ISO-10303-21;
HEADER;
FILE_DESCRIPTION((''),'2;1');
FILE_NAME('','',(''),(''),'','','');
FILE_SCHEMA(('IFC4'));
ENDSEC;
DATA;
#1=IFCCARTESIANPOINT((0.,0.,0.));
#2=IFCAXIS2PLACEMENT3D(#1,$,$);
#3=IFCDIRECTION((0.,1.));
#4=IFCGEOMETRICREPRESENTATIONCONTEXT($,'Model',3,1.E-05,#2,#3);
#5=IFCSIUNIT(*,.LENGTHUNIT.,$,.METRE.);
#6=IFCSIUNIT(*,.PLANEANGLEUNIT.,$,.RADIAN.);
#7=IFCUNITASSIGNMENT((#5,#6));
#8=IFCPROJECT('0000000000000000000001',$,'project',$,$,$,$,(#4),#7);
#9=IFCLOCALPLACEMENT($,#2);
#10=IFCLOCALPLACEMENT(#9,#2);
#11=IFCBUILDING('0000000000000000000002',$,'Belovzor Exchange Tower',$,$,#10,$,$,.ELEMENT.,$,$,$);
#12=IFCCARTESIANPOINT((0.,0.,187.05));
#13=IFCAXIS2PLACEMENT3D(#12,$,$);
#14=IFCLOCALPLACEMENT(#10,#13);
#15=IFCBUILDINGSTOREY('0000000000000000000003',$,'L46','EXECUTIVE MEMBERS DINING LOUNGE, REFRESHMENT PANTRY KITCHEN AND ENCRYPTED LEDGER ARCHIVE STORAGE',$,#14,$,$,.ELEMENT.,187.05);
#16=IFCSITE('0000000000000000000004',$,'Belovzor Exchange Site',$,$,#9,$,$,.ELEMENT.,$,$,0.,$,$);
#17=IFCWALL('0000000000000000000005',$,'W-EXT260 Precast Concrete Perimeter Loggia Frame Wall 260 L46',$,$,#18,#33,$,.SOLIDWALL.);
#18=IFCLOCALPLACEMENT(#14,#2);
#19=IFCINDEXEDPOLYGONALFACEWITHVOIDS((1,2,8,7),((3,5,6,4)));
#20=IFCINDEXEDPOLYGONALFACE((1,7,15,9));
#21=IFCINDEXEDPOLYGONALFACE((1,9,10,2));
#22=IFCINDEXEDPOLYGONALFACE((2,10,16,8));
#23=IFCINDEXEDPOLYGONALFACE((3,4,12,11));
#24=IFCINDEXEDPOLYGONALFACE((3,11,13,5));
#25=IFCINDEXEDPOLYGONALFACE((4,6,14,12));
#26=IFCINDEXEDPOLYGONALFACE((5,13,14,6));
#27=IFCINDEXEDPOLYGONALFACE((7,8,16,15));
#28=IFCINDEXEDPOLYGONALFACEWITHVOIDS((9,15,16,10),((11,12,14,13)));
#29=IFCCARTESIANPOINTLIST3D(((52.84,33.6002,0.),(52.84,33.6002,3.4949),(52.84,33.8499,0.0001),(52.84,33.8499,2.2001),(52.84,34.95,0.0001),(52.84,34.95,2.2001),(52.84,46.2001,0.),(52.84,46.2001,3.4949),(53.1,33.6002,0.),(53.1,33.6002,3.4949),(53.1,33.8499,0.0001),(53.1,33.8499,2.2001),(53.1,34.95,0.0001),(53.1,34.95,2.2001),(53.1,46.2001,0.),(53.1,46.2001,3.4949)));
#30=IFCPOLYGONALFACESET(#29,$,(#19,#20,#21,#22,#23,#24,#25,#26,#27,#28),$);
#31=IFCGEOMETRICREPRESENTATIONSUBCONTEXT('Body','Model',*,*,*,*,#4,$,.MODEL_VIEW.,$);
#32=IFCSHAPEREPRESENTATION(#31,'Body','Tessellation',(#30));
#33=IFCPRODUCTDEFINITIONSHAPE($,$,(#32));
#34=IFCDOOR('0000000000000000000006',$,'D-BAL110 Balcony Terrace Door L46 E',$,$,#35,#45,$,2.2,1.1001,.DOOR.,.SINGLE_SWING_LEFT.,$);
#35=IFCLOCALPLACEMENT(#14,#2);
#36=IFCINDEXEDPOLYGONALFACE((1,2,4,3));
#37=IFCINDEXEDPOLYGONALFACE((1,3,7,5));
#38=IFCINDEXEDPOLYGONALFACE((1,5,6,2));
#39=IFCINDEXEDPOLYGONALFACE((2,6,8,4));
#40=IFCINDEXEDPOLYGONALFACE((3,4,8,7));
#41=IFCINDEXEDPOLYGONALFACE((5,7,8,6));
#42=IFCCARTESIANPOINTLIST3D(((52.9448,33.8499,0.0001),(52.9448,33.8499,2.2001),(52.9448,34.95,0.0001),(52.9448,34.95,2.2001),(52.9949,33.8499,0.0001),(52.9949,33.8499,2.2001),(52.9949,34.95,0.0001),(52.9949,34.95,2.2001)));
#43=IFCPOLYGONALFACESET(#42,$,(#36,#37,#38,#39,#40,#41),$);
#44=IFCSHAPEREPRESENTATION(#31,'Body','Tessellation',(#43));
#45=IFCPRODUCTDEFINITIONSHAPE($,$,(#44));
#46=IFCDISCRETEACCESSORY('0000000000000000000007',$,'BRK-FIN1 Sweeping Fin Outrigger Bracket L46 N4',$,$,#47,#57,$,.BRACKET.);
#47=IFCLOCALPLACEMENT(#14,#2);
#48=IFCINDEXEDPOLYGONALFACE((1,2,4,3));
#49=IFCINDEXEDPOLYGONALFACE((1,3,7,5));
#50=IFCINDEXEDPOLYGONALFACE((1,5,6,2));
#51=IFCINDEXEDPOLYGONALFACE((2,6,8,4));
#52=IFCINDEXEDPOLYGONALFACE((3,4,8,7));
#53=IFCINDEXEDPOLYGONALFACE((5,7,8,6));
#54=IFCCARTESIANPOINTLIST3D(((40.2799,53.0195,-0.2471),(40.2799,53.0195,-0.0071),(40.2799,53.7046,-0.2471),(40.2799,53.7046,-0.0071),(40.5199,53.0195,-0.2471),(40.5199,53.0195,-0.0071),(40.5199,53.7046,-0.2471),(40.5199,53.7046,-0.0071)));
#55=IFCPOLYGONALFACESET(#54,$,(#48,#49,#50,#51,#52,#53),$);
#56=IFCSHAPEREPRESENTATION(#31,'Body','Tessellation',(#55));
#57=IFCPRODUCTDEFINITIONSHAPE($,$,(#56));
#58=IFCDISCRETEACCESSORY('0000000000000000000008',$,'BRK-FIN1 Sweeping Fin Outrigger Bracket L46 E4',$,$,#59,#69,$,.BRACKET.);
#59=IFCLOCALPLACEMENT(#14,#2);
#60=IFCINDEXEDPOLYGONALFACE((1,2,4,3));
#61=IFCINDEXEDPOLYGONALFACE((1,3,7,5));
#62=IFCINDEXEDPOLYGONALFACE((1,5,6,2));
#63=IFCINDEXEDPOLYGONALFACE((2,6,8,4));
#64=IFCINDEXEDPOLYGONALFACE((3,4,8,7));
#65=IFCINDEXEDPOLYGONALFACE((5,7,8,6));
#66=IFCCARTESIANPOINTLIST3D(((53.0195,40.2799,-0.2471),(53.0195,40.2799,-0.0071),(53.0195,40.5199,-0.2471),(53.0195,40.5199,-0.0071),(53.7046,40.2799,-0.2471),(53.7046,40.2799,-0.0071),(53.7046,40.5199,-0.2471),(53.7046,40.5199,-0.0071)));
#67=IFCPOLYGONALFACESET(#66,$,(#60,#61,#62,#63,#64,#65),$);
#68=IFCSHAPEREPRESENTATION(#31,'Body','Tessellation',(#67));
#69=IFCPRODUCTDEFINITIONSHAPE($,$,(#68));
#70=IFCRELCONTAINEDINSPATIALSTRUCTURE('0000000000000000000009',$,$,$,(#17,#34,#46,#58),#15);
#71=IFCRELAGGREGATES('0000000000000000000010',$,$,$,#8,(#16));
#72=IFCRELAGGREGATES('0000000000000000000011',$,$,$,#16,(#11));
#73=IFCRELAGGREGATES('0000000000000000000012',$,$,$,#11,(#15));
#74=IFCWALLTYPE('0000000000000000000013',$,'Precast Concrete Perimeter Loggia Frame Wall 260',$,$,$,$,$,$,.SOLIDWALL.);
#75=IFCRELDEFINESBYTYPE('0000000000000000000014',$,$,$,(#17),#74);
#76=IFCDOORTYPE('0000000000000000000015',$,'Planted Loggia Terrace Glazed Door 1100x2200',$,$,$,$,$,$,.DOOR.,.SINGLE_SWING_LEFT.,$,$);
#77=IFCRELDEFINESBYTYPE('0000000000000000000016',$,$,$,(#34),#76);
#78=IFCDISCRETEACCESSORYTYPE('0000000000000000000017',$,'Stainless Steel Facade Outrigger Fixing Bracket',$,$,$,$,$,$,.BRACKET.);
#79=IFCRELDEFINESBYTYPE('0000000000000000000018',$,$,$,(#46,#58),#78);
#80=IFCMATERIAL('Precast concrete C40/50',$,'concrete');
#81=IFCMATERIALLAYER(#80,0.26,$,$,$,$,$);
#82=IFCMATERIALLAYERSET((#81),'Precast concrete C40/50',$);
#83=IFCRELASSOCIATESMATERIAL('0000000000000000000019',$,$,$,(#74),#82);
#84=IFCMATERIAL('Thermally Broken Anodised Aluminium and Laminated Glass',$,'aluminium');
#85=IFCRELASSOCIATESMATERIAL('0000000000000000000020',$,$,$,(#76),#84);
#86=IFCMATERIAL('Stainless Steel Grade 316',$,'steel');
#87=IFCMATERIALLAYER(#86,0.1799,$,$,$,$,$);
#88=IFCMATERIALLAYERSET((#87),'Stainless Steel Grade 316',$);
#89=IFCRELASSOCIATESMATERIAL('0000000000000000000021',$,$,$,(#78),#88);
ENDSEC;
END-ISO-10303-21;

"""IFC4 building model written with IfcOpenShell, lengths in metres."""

from ifc_helpers import new_model, si_unit, direction, frame, frame_2d, origin, origin_2d, place, context, subcontext, project, spatial, rectangle, extrude, material, layer, layer_set, type_object, element, fill, save


model = new_model("IFC4")

# Units and contexts
model_context = context("Model", 3, precision=1e-05, world=origin(), true_north=direction((0.0, 1.0)))
body_context = subcontext(model_context, "Body", "Model", "MODEL_VIEW")
ifc_project = project(units=[si_unit("LENGTHUNIT", "METRE"), si_unit("PLANEANGLEUNIT", "RADIAN")], contexts=[model_context])

# Site, building, storey
site_placement = place(None, origin())
site = spatial("IfcSite", under=ifc_project, at=site_placement, Name="Belovzor Exchange Site", CompositionType="ELEMENT", RefElevation=0.0)
building_placement = place(site_placement, origin())
building = spatial("IfcBuilding", under=site, at=building_placement, Name="Belovzor Exchange Tower", CompositionType="ELEMENT")
storey_placement = place(building_placement, frame((0.0, 0.0, 187.05)))
storey = spatial("IfcBuildingStorey", under=building, at=storey_placement, Name="L46", Description="EXECUTIVE MEMBERS DINING LOUNGE, REFRESHMENT PANTRY KITCHEN AND ENCRYPTED LEDGER ARCHIVE STORAGE", CompositionType="ELEMENT", Elevation=187.05)

# Wall, opening, door
ifc_material_1 = material(Name="Precast concrete C40/50", Category="concrete")
ifc_layer_1 = layer(ifc_material_1, 0.26)
ifc_layer_set_1 = layer_set([ifc_layer_1], Name="Precast concrete C40/50")
wall_type_1 = type_object("IfcWallType", Name="Precast Concrete Perimeter Loggia Frame Wall 260", PredefinedType="SOLIDWALL", material=ifc_layer_set_1)
wall_1_placement = place(storey_placement, frame((52.97, 46.2, 0.0), z_axis=(0.0, 0.0, 1.0), x_axis=(0.0, -1.0, 0.0)))
wall_1 = element("IfcWall", 1, at=wall_1_placement, inside=storey, type_object=wall_type_1, Name="W-EXT260 Precast Concrete Perimeter Loggia Frame Wall 260 L46", PredefinedType="SOLIDWALL", context=body_context, shape_type="SweptSolid", body=[
    extrude(rectangle(XDim=12.5999, YDim=0.26, at=frame_2d((6.2998, 0.0))), origin(), (0.0, 0.0, 1.0), 3.4949),
])
opening_1_placement = place(wall_1_placement, frame((11.25, 0.0, 0.0)))
opening_1 = element("IfcOpeningElement", 2, at=opening_1_placement, cuts=wall_1, PredefinedType="OPENING", context=body_context, shape_type="SweptSolid", body=[
    extrude(rectangle(XDim=1.1001, YDim=2.2, at=frame_2d((0.55, 1.1001))), frame((0.0, 0.1399, 0.0), z_axis=(0.0, -1.0, 0.0), x_axis=(1.0, 0.0, 0.0)), (0.0, 0.0, 1.0), 0.28),
])
ifc_material_2 = material(Name="Thermally Broken Anodised Aluminium and Laminated Glass", Category="aluminium")
door_type_1 = type_object("IfcDoorType", Name="Planted Loggia Terrace Glazed Door 1100x2200", OperationType="SINGLE_SWING_LEFT", PredefinedType="DOOR", material=ifc_material_2)
door_1_placement = place(opening_1_placement, origin())
door_1 = element("IfcDoor", 3, at=door_1_placement, inside=storey, type_object=door_type_1, Name="D-BAL110 Balcony Terrace Door L46 E", OperationType="SINGLE_SWING_LEFT", OverallHeight=2.2, OverallWidth=1.1001, PredefinedType="DOOR", context=body_context, shape_type="SweptSolid", body=[
    extrude(rectangle(XDim=1.1001, YDim=2.2, at=frame_2d((0.55, 1.1001))), frame((0.0, 0.0249, 0.0), z_axis=(0.0, -1.0, 0.0), x_axis=(1.0, 0.0, 0.0)), (0.0, 0.0, 1.0), 0.05),
])
fill(opening_1, door_1)

# Discrete accessories
ifc_material_3 = material(Name="Stainless Steel Grade 316", Category="steel")
ifc_layer_2 = layer(ifc_material_3, 0.1799)
ifc_layer_set_2 = layer_set([ifc_layer_2], Name="Stainless Steel Grade 316")
discrete_accessory_type = type_object("IfcDiscreteAccessoryType", Name="Stainless Steel Facade Outrigger Fixing Bracket", PredefinedType="BRACKET", material=ifc_layer_set_2)
for number, where, z_axis, x_axis, name in (
    (4, (40.3999, 53.3621, -0.2471), (0.0, 0.0, 1.0), (0.0, 1.0, 0.0), "BRK-FIN1 Sweeping Fin Outrigger Bracket L46 N4"),
    (5, (53.3621, 40.3999, -0.2471), (0.0, 0.0, 1.0), (1.0, 0.0, 0.0), "BRK-FIN1 Sweeping Fin Outrigger Bracket L46 E4"),
):
    element("IfcDiscreteAccessory", number, at=place(storey_placement, frame(where, z_axis=z_axis, x_axis=x_axis)), inside=storey, type_object=discrete_accessory_type, Name=name, PredefinedType="BRACKET", context=body_context, shape_type="SweptSolid", body=[
        extrude(rectangle(XDim=0.6851, YDim=0.24, at=origin_2d()), origin(), (0.0, 0.0, 1.0), 0.24),
    ])

save(model, "model.ifc")
